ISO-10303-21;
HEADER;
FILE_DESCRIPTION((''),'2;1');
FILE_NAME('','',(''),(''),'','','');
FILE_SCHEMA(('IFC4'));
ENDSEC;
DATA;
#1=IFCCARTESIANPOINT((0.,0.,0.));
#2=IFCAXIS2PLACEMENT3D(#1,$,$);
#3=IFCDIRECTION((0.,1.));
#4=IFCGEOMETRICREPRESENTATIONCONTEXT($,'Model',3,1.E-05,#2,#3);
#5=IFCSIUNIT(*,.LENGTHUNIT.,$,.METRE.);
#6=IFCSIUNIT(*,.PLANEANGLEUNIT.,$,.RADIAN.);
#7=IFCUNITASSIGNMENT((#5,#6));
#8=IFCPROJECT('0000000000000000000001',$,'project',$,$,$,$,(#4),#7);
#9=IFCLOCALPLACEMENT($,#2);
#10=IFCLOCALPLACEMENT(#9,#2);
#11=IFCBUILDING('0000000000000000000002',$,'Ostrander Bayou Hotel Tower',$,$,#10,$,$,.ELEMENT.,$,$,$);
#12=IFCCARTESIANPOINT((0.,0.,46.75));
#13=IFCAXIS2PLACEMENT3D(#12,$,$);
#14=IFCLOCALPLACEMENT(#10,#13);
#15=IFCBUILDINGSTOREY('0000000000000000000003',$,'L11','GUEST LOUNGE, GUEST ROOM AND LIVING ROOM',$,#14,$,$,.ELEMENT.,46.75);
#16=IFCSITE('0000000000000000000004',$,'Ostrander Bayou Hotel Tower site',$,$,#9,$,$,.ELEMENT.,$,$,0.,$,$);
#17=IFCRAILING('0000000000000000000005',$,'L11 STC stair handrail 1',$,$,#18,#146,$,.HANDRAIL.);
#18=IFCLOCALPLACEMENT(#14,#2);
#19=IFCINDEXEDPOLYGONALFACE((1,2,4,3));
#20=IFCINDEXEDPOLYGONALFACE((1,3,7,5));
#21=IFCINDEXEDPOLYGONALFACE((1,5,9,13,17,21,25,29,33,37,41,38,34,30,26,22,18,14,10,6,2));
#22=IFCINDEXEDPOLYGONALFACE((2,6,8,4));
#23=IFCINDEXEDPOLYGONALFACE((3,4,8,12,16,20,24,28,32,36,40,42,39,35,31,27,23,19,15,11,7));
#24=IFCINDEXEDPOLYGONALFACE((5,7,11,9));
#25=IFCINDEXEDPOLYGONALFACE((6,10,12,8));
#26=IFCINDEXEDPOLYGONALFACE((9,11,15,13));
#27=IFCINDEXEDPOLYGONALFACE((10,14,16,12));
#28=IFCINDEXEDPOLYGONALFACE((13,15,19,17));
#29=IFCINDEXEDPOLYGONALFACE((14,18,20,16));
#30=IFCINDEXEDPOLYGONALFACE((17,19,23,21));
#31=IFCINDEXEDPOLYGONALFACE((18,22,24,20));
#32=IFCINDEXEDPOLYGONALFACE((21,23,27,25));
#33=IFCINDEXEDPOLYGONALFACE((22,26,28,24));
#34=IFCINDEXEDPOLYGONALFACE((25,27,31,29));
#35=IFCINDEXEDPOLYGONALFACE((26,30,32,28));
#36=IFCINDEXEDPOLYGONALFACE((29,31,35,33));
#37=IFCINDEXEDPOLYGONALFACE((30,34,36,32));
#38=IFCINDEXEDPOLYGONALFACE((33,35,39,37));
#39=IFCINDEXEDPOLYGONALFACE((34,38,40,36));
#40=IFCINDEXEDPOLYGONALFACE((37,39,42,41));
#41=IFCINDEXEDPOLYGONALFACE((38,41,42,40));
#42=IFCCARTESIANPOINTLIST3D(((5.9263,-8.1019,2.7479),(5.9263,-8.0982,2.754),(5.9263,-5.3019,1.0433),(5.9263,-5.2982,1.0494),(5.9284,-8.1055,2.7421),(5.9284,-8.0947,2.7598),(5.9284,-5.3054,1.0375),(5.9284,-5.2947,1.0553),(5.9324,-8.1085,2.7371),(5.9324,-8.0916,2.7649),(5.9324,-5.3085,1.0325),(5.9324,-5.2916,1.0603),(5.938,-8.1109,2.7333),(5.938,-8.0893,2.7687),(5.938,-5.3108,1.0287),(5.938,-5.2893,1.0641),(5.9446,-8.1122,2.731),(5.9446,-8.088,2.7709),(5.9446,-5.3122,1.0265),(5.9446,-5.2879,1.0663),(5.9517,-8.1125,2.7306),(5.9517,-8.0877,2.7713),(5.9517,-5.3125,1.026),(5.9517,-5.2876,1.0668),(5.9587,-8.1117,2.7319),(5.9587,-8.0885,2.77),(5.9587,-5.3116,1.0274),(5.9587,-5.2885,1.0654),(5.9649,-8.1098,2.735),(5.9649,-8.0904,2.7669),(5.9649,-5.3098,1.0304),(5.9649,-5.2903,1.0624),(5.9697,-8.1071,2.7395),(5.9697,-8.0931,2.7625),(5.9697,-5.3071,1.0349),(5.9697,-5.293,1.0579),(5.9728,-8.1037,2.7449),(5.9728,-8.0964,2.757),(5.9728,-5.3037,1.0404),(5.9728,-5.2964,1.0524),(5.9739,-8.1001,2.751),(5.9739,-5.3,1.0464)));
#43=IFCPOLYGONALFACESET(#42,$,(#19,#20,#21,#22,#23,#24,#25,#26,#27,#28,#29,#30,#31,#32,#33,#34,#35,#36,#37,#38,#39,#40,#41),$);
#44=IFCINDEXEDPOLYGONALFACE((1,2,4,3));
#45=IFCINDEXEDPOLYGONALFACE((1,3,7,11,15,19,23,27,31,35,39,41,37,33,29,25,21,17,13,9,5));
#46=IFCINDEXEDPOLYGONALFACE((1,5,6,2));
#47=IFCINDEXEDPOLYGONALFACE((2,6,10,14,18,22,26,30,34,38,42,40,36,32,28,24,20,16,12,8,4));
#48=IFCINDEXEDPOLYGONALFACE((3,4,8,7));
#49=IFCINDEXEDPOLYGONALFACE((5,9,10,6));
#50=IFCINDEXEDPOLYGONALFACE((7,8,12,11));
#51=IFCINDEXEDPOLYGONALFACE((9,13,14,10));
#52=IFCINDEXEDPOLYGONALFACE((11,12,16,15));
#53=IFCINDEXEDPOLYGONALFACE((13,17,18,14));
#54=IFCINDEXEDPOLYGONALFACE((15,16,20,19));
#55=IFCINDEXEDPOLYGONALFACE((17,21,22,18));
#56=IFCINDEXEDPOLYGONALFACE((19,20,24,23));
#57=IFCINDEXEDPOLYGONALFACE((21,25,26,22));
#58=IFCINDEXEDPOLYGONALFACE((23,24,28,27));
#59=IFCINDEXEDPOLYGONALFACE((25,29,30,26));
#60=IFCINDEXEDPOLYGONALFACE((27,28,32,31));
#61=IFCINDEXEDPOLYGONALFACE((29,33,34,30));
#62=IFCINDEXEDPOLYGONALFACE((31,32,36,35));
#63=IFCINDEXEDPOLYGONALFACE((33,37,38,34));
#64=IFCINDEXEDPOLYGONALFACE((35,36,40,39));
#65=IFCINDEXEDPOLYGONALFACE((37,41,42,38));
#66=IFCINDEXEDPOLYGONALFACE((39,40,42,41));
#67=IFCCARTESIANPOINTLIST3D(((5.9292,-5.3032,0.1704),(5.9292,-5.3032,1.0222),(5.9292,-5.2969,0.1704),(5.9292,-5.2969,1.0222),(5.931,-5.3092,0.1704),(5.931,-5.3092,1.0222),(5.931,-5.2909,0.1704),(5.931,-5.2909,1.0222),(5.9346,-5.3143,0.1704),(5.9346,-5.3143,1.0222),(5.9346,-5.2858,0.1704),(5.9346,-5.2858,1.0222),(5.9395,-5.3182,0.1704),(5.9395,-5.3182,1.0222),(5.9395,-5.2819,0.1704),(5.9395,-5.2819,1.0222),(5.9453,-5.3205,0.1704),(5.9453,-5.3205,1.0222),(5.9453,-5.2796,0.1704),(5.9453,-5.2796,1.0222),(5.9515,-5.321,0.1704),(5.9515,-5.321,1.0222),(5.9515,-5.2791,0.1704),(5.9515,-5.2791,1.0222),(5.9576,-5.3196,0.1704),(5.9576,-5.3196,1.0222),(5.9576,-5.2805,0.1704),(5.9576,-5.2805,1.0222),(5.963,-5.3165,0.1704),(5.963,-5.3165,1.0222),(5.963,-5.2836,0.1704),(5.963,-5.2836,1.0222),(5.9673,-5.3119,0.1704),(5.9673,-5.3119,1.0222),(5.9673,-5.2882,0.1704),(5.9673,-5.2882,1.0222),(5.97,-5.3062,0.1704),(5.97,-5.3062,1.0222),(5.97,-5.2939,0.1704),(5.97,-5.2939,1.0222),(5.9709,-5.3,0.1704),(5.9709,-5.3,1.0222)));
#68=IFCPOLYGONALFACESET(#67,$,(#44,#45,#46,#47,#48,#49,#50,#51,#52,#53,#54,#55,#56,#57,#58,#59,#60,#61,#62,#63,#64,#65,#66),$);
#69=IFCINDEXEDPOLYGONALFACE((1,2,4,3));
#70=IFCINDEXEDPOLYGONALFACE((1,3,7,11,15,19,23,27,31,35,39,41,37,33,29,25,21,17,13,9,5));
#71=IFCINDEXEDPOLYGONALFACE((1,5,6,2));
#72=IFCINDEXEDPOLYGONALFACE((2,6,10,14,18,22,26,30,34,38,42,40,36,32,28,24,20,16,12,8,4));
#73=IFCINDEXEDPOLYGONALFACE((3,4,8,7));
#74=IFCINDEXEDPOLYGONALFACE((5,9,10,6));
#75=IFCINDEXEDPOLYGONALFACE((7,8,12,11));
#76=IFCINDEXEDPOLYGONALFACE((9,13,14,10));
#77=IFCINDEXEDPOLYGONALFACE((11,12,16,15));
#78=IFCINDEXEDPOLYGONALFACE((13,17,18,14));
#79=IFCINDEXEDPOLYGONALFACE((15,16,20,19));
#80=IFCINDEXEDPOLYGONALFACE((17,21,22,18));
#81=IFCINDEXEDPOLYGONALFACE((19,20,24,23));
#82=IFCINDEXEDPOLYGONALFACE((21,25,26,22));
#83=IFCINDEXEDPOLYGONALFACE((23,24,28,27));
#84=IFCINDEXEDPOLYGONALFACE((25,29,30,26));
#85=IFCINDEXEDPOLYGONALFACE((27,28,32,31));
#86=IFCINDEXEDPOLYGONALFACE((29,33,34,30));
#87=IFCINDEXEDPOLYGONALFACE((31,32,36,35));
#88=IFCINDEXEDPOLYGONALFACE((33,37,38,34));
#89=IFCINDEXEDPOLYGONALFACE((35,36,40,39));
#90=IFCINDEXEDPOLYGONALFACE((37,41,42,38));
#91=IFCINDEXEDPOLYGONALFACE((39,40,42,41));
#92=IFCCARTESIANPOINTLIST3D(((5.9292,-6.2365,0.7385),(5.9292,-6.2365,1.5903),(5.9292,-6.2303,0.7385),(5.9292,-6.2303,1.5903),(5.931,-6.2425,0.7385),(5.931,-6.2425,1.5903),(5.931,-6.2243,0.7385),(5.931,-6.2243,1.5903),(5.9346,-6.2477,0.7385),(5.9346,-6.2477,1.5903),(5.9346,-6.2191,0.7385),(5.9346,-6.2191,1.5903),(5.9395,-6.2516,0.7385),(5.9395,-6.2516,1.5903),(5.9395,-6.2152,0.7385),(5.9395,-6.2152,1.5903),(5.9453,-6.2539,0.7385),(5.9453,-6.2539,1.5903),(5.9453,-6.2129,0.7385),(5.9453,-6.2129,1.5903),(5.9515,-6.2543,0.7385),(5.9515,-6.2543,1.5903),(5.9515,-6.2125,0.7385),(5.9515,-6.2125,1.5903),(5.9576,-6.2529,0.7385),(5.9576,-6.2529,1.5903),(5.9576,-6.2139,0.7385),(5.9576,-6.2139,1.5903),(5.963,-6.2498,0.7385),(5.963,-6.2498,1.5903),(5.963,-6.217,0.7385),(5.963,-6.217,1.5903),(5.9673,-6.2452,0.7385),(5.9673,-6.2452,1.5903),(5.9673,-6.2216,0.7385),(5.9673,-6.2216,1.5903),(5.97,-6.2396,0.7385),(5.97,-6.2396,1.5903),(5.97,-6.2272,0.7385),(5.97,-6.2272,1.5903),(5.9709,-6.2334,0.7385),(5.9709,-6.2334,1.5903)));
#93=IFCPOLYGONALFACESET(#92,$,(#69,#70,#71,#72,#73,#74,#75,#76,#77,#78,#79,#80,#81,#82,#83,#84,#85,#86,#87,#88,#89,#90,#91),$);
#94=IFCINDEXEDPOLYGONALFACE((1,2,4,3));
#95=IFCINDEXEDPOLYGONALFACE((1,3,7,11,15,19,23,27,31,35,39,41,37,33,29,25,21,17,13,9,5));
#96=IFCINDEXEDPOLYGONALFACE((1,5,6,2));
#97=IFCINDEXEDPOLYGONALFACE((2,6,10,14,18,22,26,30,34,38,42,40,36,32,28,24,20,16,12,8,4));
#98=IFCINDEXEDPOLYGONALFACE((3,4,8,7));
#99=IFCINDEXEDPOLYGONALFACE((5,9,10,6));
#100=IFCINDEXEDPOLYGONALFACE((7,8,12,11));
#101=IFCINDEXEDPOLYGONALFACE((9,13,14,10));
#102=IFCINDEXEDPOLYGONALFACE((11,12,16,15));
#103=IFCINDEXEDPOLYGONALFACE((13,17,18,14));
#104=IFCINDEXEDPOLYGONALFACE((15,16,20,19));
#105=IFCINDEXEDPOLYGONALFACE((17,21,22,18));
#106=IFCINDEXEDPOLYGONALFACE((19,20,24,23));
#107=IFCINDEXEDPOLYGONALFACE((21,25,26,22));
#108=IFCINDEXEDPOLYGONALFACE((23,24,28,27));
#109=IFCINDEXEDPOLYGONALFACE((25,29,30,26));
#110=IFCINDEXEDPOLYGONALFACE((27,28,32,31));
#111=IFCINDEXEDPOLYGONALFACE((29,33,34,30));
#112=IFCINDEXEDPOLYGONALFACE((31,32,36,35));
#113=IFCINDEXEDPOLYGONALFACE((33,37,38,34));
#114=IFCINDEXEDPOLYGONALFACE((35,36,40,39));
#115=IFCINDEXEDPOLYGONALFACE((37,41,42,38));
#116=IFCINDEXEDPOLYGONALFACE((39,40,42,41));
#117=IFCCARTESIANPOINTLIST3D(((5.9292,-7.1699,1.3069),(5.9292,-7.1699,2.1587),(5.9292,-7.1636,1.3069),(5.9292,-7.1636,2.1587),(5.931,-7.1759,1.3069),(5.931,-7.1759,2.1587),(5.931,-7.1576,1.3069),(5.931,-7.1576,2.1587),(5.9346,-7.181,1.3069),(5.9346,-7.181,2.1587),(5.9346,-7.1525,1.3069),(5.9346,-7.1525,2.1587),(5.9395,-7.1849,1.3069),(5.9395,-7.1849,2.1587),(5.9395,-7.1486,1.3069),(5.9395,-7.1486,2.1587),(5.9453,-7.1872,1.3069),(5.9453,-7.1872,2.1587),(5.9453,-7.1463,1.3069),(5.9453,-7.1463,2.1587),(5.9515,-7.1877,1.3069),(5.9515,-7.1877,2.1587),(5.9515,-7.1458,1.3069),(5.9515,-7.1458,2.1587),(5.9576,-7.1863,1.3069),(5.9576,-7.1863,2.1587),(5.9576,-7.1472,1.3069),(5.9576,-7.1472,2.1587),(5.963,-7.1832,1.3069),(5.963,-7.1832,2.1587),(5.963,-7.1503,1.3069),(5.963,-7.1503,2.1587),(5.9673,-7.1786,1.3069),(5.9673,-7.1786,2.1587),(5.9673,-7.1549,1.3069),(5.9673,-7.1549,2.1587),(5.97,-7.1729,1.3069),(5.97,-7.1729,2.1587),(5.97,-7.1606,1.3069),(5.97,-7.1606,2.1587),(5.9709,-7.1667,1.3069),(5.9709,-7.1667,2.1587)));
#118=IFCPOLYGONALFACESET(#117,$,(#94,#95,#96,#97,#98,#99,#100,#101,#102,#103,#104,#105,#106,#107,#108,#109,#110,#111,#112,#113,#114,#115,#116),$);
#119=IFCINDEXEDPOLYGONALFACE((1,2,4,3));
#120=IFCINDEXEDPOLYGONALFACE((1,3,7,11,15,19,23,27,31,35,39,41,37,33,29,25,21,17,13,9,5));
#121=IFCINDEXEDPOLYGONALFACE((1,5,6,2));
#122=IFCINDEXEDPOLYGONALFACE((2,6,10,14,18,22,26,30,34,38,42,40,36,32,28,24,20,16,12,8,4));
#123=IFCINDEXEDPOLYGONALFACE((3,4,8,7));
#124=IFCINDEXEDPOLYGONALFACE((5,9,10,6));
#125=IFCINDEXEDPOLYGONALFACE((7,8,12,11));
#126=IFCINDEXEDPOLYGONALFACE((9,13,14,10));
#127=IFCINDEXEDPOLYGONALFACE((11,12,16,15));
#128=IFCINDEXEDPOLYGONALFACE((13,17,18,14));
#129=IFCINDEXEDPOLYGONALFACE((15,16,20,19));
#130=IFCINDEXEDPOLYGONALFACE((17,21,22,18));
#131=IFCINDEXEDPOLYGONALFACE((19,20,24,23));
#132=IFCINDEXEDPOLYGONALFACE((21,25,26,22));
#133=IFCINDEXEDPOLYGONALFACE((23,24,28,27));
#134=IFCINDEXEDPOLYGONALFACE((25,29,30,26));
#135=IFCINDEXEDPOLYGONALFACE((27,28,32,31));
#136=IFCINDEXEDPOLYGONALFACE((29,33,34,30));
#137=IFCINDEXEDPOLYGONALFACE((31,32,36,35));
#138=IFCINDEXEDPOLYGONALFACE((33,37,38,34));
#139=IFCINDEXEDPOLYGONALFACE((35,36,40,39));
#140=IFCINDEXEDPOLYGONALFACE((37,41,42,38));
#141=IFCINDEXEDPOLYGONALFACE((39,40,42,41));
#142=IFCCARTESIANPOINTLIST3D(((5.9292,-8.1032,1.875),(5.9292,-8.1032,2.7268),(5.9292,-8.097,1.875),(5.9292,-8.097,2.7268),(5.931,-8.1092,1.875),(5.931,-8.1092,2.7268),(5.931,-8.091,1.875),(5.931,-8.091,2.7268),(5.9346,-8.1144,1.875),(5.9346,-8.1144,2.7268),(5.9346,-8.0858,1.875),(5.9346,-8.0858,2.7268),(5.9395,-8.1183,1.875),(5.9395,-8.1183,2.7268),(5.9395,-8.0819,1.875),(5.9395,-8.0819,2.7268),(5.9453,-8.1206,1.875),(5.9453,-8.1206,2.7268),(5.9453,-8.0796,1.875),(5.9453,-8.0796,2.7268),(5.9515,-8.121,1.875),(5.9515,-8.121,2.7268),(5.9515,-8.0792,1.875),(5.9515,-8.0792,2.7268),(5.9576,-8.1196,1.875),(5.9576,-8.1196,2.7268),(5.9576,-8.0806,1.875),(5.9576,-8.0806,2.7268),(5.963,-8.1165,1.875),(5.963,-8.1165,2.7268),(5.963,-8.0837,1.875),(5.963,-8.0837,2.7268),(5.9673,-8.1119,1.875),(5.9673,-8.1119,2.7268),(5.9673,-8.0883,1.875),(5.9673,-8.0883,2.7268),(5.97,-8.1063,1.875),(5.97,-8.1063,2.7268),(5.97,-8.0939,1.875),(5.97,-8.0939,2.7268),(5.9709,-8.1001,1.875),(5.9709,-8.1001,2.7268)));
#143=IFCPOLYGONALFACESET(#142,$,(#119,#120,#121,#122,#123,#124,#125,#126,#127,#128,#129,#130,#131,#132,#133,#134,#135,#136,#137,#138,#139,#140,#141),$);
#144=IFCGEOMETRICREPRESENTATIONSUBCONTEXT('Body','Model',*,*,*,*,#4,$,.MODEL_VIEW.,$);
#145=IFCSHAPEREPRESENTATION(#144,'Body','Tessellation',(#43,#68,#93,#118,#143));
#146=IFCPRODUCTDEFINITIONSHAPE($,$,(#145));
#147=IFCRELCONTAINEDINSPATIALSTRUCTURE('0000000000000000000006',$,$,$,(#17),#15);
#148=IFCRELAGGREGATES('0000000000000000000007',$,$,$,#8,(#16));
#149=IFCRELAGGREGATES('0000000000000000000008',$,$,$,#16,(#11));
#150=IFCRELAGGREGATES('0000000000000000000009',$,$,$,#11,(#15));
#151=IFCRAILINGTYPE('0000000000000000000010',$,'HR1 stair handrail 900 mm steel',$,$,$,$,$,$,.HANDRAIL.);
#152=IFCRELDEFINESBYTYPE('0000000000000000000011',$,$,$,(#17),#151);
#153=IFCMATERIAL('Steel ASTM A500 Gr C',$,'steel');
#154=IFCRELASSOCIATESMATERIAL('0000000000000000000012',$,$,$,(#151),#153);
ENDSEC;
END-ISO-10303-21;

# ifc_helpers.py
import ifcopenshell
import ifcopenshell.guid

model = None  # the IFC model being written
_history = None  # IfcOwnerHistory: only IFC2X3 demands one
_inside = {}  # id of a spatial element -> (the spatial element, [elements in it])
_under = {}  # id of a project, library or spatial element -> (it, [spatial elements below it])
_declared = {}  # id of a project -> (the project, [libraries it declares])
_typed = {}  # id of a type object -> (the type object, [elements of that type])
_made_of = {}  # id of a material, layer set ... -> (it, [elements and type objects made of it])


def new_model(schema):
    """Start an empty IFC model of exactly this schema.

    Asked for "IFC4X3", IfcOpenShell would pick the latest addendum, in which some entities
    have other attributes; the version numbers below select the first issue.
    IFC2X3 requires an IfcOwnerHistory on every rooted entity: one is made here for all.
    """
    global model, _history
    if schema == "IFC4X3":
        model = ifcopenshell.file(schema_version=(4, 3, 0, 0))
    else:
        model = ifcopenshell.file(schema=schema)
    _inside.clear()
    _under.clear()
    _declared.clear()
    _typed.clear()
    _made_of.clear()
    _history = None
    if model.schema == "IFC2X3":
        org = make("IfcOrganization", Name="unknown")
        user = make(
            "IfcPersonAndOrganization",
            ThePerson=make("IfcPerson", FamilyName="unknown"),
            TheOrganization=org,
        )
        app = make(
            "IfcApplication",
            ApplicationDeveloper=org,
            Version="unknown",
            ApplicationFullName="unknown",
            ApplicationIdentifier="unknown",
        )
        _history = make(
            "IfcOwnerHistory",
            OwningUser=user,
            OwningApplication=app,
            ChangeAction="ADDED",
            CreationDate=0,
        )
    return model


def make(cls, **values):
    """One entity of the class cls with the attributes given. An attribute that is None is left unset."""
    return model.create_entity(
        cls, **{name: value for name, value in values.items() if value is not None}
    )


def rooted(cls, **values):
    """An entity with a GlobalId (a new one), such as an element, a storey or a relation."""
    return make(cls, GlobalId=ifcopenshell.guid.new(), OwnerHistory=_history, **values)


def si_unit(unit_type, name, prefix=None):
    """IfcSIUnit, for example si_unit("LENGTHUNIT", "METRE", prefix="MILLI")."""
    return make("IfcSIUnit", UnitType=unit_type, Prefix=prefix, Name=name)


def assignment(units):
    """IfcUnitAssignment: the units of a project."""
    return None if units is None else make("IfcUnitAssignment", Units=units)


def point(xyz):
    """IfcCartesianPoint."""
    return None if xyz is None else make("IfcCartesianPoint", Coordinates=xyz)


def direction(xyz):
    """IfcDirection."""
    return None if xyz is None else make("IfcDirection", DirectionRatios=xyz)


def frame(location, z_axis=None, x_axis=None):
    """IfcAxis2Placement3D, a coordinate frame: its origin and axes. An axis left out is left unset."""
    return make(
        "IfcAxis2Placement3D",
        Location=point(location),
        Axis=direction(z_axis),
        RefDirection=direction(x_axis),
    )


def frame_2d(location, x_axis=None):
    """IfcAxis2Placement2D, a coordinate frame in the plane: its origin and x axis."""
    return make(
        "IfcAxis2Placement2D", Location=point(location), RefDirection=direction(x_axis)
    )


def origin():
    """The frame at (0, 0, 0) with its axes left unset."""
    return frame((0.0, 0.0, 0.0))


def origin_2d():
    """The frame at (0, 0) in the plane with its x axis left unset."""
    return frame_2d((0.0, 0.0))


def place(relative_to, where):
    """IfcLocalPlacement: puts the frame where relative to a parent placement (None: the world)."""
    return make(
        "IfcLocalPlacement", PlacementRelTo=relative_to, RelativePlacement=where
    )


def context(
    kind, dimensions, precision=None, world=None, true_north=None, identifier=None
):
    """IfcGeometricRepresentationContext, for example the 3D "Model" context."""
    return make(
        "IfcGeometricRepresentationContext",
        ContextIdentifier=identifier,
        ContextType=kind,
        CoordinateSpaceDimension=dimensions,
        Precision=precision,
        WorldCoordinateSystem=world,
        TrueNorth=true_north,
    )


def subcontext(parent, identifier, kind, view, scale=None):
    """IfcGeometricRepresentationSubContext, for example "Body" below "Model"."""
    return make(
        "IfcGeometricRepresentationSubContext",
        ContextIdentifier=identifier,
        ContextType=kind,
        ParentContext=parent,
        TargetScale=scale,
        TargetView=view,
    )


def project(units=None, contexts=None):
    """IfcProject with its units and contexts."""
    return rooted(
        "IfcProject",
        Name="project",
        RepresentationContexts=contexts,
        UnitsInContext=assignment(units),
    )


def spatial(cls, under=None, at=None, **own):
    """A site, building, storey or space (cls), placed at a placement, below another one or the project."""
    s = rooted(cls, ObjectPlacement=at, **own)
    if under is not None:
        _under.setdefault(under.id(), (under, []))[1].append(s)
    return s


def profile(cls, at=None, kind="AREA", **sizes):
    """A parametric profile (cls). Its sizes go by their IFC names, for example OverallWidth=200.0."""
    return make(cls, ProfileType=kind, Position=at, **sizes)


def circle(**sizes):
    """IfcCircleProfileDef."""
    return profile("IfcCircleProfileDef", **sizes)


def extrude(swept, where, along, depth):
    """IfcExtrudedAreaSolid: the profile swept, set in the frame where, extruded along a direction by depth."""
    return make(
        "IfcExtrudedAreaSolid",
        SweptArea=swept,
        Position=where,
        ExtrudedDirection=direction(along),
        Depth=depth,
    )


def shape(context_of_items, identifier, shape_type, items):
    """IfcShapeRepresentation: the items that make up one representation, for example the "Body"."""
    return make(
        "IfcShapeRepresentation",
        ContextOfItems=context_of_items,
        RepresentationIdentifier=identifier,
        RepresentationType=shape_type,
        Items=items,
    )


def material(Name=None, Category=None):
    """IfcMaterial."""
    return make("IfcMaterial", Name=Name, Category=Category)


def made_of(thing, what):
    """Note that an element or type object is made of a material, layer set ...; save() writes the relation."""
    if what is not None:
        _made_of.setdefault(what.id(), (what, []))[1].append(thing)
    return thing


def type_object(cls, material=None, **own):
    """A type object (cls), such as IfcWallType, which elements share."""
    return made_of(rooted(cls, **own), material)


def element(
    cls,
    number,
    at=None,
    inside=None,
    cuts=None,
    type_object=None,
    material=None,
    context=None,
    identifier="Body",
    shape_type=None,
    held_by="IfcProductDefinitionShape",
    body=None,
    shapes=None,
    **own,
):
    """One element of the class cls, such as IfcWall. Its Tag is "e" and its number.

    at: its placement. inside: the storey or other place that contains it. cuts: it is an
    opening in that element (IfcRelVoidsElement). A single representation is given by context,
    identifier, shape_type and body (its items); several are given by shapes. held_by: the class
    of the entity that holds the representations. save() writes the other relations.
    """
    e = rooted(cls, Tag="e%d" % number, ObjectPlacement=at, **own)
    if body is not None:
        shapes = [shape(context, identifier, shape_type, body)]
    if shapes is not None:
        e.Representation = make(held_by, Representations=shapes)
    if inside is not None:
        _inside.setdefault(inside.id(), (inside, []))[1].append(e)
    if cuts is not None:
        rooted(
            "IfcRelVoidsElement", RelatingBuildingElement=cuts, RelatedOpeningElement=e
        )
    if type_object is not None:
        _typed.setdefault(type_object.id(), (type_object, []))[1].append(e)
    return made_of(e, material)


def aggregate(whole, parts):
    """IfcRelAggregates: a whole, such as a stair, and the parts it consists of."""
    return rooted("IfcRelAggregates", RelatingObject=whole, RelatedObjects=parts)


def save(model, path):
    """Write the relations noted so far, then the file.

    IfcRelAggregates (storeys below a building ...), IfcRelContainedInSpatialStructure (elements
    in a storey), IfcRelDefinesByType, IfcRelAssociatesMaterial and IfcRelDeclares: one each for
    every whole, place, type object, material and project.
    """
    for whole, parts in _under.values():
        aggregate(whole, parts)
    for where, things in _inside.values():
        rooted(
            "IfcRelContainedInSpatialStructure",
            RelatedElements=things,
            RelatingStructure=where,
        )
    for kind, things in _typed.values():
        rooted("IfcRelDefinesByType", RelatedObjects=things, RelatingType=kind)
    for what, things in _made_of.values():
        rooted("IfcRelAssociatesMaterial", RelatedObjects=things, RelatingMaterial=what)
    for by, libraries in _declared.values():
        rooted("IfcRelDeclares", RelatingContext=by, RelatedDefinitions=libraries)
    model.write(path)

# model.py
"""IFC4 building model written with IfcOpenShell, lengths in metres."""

from ifc_helpers import new_model, si_unit, direction, frame, origin, origin_2d, place, context, subcontext, project, spatial, circle, extrude, material, type_object, element, save


model = new_model("IFC4")

# Units and contexts
model_context = context("Model", 3, precision=1e-05, world=origin(), true_north=direction((0.0, 1.0)))
body_context = subcontext(model_context, "Body", "Model", "MODEL_VIEW")
ifc_project = project(units=[si_unit("LENGTHUNIT", "METRE"), si_unit("PLANEANGLEUNIT", "RADIAN")], contexts=[model_context])

# Site, building, storey
site_placement = place(None, origin())
site = spatial("IfcSite", under=ifc_project, at=site_placement, Name="Ostrander Bayou Hotel Tower site", CompositionType="ELEMENT", RefElevation=0.0)
building_placement = place(site_placement, origin())
building = spatial("IfcBuilding", under=site, at=building_placement, Name="Ostrander Bayou Hotel Tower", CompositionType="ELEMENT")
storey_placement = place(building_placement, frame((0.0, 0.0, 46.75)))
storey = spatial("IfcBuildingStorey", under=building, at=storey_placement, Name="L11", Description="GUEST LOUNGE, GUEST ROOM AND LIVING ROOM", CompositionType="ELEMENT", Elevation=46.75)

# Railing
ifc_material_1 = material(Name="Steel ASTM A500 Gr C", Category="steel")
railing_type_1 = type_object("IfcRailingType", Name="HR1 stair handrail 900 mm steel", PredefinedType="HANDRAIL", material=ifc_material_1)
railing_1_placement = place(storey_placement, frame((5.95, -5.3, 0.1704)))
element("IfcRailing", 1, at=railing_1_placement, inside=storey, type_object=railing_type_1, Name="L11 STC stair handrail 1", PredefinedType="HANDRAIL", context=body_context, shape_type="SweptSolid", body=[
    extrude(circle(Radius=0.0239, at=origin_2d()), frame((0.0, 0.0, 0.876), z_axis=(0.0, -0.85417, 0.519994), x_axis=(1.0, 0.0, 0.0)), (0.0, 0.0, 1.0), 3.2781),
    extrude(circle(Radius=0.021, at=origin_2d()), origin(), (0.0, 0.0, 1.0), 0.8518),
    extrude(circle(Radius=0.021, at=origin_2d()), frame((0.0, -0.9333, 0.5681)), (0.0, 0.0, 1.0), 0.8518),
    extrude(circle(Radius=0.021, at=origin_2d()), frame((0.0, -1.8667, 1.1365)), (0.0, 0.0, 1.0), 0.8518),
    extrude(circle(Radius=0.021, at=origin_2d()), frame((0.0, -2.8, 1.7046)), (0.0, 0.0, 1.0), 0.8518),
])

save(model, "model.ifc")
